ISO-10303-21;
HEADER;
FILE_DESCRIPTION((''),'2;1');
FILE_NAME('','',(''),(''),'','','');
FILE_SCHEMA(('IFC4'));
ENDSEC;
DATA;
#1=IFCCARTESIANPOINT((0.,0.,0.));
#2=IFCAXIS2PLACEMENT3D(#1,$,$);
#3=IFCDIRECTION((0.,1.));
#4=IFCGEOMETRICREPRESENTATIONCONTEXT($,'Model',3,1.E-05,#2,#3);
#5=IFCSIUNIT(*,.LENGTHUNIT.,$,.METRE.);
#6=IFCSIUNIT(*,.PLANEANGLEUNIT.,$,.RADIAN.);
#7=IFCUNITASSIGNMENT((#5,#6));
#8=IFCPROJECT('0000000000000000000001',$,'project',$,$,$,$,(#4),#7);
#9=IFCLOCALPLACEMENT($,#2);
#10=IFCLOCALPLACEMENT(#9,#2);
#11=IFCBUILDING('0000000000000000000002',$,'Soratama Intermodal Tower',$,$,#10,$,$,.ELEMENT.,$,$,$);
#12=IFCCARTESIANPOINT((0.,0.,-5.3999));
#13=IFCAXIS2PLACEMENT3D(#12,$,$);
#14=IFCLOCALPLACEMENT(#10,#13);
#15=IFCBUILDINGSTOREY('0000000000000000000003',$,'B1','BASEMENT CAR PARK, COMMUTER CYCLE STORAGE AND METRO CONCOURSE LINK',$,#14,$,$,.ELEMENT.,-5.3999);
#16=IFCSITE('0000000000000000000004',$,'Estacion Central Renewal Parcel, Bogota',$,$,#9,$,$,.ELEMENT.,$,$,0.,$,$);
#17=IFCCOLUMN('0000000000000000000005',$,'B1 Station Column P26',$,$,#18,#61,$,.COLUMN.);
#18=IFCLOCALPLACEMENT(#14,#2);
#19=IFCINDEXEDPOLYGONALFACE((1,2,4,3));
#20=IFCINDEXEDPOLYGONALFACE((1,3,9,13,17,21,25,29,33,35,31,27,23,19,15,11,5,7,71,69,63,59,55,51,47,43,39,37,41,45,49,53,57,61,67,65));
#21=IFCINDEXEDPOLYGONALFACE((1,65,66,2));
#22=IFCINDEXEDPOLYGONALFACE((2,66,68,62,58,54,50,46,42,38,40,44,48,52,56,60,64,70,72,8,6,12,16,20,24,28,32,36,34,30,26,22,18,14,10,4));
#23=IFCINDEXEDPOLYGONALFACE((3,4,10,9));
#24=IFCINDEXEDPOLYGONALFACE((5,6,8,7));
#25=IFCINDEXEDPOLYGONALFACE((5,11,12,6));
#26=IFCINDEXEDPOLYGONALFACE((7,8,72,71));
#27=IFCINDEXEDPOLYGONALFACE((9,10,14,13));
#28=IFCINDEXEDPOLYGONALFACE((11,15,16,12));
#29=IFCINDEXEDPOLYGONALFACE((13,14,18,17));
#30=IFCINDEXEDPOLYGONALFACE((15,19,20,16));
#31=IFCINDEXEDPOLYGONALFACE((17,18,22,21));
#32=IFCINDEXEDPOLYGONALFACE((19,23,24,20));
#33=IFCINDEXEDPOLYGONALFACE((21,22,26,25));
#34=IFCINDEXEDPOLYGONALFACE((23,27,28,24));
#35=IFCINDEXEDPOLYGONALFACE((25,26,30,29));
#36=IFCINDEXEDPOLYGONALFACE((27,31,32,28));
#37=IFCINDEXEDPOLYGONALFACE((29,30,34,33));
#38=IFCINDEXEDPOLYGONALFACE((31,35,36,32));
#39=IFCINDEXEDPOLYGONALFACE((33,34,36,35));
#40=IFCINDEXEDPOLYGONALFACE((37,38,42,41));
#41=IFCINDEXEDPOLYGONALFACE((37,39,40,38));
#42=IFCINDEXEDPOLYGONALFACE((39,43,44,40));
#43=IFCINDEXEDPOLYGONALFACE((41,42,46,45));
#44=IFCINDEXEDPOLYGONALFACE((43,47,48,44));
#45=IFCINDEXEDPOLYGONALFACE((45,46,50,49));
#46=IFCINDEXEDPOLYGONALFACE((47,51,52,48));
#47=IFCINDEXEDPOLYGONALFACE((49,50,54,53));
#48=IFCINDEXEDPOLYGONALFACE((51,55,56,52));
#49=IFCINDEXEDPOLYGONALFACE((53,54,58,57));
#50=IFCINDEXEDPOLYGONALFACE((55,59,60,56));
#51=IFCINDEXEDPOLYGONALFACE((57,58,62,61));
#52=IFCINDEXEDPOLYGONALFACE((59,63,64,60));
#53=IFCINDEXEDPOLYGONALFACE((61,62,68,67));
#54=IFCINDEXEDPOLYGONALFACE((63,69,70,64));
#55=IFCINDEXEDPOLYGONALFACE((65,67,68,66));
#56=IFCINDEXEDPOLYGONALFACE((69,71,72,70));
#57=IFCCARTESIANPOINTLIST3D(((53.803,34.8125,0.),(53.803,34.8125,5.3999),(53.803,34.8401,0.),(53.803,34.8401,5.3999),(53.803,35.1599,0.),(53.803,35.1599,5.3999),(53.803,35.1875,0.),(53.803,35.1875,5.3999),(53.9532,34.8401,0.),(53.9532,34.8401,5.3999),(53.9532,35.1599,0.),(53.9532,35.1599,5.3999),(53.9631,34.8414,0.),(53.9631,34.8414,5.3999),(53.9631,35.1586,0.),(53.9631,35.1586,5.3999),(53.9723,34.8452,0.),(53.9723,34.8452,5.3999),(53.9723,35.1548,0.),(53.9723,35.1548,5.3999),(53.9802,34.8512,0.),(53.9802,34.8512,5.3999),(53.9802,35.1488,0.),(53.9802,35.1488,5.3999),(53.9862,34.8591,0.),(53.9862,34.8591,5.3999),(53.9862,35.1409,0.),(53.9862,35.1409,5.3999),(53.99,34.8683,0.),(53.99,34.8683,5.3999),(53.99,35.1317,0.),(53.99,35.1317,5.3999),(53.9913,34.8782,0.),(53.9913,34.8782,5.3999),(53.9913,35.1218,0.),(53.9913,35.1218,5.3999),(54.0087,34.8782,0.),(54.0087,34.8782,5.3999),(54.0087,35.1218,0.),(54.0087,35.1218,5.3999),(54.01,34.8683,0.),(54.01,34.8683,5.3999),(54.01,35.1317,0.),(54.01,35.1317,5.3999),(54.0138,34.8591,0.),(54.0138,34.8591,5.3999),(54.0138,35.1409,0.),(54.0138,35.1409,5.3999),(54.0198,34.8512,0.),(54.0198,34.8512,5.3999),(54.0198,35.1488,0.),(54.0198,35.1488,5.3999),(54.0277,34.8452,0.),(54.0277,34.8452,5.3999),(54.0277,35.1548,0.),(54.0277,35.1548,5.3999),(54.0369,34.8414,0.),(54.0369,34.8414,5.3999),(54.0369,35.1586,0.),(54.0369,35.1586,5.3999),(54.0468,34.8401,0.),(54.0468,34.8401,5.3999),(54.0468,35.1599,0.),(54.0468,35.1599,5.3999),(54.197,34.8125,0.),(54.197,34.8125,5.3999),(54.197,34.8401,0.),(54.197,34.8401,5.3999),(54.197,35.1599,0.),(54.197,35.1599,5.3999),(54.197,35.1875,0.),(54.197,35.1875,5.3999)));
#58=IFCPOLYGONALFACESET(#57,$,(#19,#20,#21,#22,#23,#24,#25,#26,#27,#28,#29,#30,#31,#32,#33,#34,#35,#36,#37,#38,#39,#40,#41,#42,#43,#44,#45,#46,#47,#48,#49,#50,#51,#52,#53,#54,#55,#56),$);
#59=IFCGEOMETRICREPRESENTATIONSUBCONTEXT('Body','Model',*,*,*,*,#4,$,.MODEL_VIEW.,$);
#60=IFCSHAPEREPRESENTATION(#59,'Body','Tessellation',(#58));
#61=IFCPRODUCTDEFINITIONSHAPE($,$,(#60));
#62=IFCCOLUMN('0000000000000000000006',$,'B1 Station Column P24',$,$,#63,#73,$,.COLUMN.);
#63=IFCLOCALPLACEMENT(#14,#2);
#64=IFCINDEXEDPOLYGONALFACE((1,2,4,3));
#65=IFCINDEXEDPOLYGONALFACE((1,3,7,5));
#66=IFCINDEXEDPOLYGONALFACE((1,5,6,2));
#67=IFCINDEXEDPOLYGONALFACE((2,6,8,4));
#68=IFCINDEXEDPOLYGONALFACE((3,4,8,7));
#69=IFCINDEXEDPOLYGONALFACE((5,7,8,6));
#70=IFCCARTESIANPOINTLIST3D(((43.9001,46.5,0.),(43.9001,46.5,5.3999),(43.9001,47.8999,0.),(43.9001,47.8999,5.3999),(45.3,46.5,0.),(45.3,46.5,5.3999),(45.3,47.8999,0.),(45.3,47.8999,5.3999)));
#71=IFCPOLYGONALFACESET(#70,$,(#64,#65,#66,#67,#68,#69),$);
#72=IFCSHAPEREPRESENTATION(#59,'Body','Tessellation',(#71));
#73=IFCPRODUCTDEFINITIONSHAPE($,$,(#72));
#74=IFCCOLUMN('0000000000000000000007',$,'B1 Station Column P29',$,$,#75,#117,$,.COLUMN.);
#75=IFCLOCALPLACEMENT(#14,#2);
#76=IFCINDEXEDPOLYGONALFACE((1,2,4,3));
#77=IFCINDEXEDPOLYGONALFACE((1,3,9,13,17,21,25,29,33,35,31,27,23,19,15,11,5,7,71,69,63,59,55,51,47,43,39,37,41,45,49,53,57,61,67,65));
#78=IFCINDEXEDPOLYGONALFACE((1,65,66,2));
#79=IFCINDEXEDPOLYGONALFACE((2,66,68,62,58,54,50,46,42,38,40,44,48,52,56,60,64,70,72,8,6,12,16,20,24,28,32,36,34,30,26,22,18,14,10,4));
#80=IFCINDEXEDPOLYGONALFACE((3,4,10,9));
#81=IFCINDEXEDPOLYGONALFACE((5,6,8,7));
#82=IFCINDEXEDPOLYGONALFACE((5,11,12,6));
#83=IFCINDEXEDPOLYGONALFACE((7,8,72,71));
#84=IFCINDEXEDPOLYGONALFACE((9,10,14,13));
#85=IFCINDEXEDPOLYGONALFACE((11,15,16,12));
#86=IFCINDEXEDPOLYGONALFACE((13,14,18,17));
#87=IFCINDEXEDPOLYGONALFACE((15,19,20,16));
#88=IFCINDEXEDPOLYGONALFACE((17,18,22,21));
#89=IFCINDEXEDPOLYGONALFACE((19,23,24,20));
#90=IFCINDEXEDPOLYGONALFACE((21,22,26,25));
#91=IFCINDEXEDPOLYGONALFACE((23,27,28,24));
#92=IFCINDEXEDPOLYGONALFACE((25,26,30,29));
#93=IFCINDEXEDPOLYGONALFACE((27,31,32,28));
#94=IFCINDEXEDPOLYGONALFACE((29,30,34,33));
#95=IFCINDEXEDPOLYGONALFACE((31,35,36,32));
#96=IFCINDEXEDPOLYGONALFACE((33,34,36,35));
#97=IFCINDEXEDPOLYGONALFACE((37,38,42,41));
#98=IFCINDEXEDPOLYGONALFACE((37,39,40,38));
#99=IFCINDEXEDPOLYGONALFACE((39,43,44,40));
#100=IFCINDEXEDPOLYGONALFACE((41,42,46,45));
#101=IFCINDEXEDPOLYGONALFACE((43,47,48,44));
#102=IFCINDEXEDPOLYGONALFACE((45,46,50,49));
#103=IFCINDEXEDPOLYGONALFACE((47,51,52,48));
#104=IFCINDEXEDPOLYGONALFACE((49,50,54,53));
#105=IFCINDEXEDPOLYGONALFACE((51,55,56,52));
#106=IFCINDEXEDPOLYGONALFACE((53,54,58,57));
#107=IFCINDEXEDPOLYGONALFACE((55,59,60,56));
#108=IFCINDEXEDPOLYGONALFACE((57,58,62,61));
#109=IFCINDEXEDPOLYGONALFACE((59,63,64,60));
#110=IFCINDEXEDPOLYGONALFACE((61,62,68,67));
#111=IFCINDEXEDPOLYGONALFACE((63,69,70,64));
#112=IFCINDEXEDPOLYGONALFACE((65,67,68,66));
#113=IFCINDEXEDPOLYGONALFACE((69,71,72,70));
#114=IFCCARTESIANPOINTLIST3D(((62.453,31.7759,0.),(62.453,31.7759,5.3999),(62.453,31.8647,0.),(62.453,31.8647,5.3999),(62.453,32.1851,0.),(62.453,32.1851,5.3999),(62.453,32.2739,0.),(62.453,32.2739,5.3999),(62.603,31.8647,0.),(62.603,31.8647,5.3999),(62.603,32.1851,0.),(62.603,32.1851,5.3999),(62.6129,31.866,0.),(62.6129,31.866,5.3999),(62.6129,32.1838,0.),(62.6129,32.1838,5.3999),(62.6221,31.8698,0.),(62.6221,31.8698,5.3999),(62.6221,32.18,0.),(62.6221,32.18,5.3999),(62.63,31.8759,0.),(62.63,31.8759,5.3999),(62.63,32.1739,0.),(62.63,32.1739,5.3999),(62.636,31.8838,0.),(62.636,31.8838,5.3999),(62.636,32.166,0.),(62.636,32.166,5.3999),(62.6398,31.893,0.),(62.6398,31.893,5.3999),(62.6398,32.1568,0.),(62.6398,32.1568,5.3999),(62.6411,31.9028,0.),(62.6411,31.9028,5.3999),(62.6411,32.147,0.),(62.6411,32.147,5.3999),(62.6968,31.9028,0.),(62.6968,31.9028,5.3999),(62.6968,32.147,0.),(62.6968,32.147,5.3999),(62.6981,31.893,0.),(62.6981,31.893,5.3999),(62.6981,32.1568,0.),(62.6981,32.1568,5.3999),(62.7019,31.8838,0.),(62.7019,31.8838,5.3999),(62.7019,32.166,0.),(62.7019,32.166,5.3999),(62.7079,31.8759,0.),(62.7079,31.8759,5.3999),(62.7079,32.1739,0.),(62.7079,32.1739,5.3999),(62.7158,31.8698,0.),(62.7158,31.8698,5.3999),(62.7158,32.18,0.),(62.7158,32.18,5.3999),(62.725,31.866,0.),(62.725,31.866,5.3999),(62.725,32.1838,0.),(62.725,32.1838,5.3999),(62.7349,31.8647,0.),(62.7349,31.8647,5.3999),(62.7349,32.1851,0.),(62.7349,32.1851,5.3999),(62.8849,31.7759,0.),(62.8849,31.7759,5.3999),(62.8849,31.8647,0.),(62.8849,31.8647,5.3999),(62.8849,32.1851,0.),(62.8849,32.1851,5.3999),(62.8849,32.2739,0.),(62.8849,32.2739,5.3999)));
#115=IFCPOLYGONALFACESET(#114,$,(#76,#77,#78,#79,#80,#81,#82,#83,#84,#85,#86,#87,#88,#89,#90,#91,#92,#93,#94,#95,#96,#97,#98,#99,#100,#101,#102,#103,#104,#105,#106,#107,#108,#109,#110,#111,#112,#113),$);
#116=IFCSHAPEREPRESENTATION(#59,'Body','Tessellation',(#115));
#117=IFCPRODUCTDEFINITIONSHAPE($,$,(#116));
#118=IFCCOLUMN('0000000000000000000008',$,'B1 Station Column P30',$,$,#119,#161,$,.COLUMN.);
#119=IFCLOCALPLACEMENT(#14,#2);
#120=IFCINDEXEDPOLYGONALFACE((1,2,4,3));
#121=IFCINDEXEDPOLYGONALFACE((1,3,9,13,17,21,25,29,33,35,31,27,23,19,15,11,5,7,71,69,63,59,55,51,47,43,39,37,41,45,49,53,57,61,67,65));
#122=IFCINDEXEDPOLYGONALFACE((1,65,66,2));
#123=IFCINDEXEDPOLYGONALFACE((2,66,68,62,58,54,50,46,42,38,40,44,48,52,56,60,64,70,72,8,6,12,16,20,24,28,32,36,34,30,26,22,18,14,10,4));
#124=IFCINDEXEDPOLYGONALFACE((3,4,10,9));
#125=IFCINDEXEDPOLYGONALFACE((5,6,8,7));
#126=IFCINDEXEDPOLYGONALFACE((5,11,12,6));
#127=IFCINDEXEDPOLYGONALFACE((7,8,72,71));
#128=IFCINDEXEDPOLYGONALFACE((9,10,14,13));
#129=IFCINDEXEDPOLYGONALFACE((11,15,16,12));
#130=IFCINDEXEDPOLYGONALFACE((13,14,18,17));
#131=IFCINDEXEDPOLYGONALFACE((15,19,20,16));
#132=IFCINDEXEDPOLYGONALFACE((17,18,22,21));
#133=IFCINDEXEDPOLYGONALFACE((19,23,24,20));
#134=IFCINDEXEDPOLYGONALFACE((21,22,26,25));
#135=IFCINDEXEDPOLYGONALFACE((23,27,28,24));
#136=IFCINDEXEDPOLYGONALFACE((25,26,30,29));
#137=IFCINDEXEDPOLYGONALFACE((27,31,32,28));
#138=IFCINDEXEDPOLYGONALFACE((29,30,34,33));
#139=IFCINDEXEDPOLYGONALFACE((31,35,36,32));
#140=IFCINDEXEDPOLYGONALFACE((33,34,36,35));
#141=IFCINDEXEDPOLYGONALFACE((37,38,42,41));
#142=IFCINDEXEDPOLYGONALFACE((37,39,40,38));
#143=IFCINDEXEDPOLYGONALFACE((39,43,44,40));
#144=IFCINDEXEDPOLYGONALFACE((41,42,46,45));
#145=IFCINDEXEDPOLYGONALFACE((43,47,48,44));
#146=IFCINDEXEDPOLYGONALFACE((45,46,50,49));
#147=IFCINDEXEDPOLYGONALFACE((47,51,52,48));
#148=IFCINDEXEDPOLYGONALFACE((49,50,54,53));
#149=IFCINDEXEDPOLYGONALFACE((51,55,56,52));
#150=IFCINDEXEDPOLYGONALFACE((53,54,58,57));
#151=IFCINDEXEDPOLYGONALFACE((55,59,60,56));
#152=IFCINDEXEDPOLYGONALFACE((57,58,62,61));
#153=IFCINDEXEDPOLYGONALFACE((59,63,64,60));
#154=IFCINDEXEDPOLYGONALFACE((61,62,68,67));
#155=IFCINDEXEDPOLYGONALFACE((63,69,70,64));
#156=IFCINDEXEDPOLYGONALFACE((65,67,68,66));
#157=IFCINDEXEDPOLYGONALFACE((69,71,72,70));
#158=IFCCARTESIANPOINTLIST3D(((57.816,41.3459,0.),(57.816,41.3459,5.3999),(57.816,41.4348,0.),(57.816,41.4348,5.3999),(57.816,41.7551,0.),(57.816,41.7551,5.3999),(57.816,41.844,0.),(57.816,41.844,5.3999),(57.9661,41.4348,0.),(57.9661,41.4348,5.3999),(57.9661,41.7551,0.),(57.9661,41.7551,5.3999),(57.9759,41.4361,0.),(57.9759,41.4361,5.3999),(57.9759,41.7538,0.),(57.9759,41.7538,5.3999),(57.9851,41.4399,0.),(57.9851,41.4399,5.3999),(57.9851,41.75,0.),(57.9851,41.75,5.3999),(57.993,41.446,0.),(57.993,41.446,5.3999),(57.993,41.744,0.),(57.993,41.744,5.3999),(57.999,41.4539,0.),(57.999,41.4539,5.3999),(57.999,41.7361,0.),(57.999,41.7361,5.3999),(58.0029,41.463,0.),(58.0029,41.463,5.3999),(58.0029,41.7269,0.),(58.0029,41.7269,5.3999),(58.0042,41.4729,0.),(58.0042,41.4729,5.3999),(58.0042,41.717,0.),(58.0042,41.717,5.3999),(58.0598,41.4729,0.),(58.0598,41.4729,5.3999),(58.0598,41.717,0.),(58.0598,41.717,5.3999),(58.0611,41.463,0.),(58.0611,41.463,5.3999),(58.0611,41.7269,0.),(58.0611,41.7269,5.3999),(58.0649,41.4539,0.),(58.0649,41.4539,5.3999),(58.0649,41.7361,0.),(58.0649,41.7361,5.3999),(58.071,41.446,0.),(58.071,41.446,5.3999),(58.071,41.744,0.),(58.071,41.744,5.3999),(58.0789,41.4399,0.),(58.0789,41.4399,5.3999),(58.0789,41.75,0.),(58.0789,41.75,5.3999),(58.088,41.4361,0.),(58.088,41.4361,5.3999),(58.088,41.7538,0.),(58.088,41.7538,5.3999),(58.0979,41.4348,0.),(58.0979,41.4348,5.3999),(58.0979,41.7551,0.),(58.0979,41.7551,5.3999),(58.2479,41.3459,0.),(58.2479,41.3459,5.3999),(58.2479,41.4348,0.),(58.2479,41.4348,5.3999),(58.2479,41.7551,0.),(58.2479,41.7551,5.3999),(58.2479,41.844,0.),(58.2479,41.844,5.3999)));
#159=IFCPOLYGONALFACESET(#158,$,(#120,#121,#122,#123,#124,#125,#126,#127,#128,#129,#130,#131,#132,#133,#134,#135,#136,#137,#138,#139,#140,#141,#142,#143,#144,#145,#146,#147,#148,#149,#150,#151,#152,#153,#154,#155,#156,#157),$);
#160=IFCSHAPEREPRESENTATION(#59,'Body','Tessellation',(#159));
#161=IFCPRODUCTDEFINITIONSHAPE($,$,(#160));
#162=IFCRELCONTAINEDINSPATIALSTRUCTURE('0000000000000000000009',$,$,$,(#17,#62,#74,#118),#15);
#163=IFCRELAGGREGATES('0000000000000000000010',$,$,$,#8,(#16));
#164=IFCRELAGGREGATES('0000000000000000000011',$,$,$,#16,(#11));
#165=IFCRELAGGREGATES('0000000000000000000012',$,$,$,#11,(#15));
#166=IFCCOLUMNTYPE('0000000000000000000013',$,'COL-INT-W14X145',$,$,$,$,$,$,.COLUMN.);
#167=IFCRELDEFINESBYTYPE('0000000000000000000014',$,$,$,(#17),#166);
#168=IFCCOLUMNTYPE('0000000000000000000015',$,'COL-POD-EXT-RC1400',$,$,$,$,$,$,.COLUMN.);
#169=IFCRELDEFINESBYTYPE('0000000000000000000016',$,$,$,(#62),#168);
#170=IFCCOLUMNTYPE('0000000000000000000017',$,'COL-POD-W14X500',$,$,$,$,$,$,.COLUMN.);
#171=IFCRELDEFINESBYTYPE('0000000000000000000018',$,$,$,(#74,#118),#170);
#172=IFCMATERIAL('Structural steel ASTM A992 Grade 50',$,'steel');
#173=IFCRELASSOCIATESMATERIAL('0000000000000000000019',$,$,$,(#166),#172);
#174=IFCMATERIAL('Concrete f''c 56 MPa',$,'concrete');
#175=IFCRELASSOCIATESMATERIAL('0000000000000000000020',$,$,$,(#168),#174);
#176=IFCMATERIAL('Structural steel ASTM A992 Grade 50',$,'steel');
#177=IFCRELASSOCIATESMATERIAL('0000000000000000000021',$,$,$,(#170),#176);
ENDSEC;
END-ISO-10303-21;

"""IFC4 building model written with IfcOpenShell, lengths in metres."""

from ifc_helpers import new_model, si_unit, direction, frame, origin, origin_2d, place, context, subcontext, project, spatial, rectangle, i_section, extrude, material, material_profile, profile_set, type_object, element, save


model = new_model("IFC4")

# Units and contexts
model_context = context("Model", 3, precision=1e-05, world=origin(), true_north=direction((0.0, 1.0)))
body_context = subcontext(model_context, "Body", "Model", "MODEL_VIEW")
ifc_project = project(units=[si_unit("LENGTHUNIT", "METRE"), si_unit("PLANEANGLEUNIT", "RADIAN")], contexts=[model_context])

# Site, building, storey
site_placement = place(None, origin())
site = spatial("IfcSite", under=ifc_project, at=site_placement, Name="Estacion Central Renewal Parcel, Bogota", CompositionType="ELEMENT", RefElevation=0.0)
building_placement = place(site_placement, origin())
building = spatial("IfcBuilding", under=site, at=building_placement, Name="Soratama Intermodal Tower", CompositionType="ELEMENT")
storey_placement = place(building_placement, frame((0.0, 0.0, -5.3999)))
storey = spatial("IfcBuildingStorey", under=building, at=storey_placement, Name="B1", Description="BASEMENT CAR PARK, COMMUTER CYCLE STORAGE AND METRO CONCOURSE LINK", CompositionType="ELEMENT", Elevation=-5.3999)

# Columns
ifc_material_1 = material(Name="Structural steel ASTM A992 Grade 50", Category="steel")
ifc_material_profile_1 = material_profile(ifc_material_1, i_section(OverallWidth=0.394, OverallDepth=0.375, WebThickness=0.0173, FlangeThickness=0.0276, FilletRadius=0.0381, at=origin_2d()), Name="W14X145")
ifc_profile_set_1 = profile_set([ifc_material_profile_1], Name="Structural steel ASTM A992 Grade 50")
column_type_1 = type_object("IfcColumnType", Name="COL-INT-W14X145", PredefinedType="COLUMN", material=ifc_profile_set_1)
column_1_placement = place(storey_placement, frame((54.0, 35.0, 0.0), z_axis=(0.0, 0.0, 1.0), x_axis=(1.0, 0.0, 0.0)))
element("IfcColumn", 1, at=column_1_placement, inside=storey, type_object=column_type_1, Name="B1 Station Column P26", PredefinedType="COLUMN", context=body_context, shape_type="SweptSolid", body=[
    extrude(i_section(OverallWidth=0.394, OverallDepth=0.375, WebThickness=0.0173, FlangeThickness=0.0276, FilletRadius=0.0381, at=origin_2d()), origin(), (0.0, 0.0, 1.0), 5.3999),
])
ifc_material_2 = material(Name="Concrete f'c 56 MPa", Category="concrete")
ifc_material_profile_2 = material_profile(ifc_material_2, rectangle(XDim=1.3999, YDim=1.3999, at=origin_2d()), Name="RC1400X1400")
ifc_profile_set_2 = profile_set([ifc_material_profile_2], Name="Concrete f'c 56 MPa")
column_type_2 = type_object("IfcColumnType", Name="COL-POD-EXT-RC1400", PredefinedType="COLUMN", material=ifc_profile_set_2)
column_2_placement = place(storey_placement, frame((44.6001, 47.2, 0.0), z_axis=(0.0, 0.0, 1.0), x_axis=(1.0, 0.0, 0.0)))
element("IfcColumn", 2, at=column_2_placement, inside=storey, type_object=column_type_2, Name="B1 Station Column P24", PredefinedType="COLUMN", context=body_context, shape_type="SweptSolid", body=[
    extrude(rectangle(XDim=1.3999, YDim=1.3999, at=origin_2d()), origin(), (0.0, 0.0, 1.0), 5.3999),
])
ifc_material_3 = material(Name="Structural steel ASTM A992 Grade 50", Category="steel")
ifc_material_profile_3 = material_profile(ifc_material_3, i_section(OverallWidth=0.4319, OverallDepth=0.498, WebThickness=0.0557, FlangeThickness=0.0889, FilletRadius=0.0381, at=origin_2d()), Name="W14X500")
ifc_profile_set_3 = profile_set([ifc_material_profile_3], Name="Structural steel ASTM A992 Grade 50")
column_type_3 = type_object("IfcColumnType", Name="COL-POD-W14X500", PredefinedType="COLUMN", material=ifc_profile_set_3)
for number, where, z_axis, x_axis, name in (
    (3, (62.6689, 32.0249, 0.0), (0.0, 0.0, 1.0), (1.0, 0.0, 0.0), "B1 Station Column P29"),
    (4, (58.032, 41.595, 0.0), (0.0, 0.0, 1.0), (1.0, 0.0, 0.0), "B1 Station Column P30"),
):
    element("IfcColumn", number, at=place(storey_placement, frame(where, z_axis=z_axis, x_axis=x_axis)), inside=storey, type_object=column_type_3, Name=name, PredefinedType="COLUMN", context=body_context, shape_type="SweptSolid", body=[
        extrude(i_section(OverallWidth=0.4319, OverallDepth=0.498, WebThickness=0.0557, FlangeThickness=0.0889, FilletRadius=0.0381, at=origin_2d()), origin(), (0.0, 0.0, 1.0), 5.3999),
    ])

save(model, "model.ifc")
